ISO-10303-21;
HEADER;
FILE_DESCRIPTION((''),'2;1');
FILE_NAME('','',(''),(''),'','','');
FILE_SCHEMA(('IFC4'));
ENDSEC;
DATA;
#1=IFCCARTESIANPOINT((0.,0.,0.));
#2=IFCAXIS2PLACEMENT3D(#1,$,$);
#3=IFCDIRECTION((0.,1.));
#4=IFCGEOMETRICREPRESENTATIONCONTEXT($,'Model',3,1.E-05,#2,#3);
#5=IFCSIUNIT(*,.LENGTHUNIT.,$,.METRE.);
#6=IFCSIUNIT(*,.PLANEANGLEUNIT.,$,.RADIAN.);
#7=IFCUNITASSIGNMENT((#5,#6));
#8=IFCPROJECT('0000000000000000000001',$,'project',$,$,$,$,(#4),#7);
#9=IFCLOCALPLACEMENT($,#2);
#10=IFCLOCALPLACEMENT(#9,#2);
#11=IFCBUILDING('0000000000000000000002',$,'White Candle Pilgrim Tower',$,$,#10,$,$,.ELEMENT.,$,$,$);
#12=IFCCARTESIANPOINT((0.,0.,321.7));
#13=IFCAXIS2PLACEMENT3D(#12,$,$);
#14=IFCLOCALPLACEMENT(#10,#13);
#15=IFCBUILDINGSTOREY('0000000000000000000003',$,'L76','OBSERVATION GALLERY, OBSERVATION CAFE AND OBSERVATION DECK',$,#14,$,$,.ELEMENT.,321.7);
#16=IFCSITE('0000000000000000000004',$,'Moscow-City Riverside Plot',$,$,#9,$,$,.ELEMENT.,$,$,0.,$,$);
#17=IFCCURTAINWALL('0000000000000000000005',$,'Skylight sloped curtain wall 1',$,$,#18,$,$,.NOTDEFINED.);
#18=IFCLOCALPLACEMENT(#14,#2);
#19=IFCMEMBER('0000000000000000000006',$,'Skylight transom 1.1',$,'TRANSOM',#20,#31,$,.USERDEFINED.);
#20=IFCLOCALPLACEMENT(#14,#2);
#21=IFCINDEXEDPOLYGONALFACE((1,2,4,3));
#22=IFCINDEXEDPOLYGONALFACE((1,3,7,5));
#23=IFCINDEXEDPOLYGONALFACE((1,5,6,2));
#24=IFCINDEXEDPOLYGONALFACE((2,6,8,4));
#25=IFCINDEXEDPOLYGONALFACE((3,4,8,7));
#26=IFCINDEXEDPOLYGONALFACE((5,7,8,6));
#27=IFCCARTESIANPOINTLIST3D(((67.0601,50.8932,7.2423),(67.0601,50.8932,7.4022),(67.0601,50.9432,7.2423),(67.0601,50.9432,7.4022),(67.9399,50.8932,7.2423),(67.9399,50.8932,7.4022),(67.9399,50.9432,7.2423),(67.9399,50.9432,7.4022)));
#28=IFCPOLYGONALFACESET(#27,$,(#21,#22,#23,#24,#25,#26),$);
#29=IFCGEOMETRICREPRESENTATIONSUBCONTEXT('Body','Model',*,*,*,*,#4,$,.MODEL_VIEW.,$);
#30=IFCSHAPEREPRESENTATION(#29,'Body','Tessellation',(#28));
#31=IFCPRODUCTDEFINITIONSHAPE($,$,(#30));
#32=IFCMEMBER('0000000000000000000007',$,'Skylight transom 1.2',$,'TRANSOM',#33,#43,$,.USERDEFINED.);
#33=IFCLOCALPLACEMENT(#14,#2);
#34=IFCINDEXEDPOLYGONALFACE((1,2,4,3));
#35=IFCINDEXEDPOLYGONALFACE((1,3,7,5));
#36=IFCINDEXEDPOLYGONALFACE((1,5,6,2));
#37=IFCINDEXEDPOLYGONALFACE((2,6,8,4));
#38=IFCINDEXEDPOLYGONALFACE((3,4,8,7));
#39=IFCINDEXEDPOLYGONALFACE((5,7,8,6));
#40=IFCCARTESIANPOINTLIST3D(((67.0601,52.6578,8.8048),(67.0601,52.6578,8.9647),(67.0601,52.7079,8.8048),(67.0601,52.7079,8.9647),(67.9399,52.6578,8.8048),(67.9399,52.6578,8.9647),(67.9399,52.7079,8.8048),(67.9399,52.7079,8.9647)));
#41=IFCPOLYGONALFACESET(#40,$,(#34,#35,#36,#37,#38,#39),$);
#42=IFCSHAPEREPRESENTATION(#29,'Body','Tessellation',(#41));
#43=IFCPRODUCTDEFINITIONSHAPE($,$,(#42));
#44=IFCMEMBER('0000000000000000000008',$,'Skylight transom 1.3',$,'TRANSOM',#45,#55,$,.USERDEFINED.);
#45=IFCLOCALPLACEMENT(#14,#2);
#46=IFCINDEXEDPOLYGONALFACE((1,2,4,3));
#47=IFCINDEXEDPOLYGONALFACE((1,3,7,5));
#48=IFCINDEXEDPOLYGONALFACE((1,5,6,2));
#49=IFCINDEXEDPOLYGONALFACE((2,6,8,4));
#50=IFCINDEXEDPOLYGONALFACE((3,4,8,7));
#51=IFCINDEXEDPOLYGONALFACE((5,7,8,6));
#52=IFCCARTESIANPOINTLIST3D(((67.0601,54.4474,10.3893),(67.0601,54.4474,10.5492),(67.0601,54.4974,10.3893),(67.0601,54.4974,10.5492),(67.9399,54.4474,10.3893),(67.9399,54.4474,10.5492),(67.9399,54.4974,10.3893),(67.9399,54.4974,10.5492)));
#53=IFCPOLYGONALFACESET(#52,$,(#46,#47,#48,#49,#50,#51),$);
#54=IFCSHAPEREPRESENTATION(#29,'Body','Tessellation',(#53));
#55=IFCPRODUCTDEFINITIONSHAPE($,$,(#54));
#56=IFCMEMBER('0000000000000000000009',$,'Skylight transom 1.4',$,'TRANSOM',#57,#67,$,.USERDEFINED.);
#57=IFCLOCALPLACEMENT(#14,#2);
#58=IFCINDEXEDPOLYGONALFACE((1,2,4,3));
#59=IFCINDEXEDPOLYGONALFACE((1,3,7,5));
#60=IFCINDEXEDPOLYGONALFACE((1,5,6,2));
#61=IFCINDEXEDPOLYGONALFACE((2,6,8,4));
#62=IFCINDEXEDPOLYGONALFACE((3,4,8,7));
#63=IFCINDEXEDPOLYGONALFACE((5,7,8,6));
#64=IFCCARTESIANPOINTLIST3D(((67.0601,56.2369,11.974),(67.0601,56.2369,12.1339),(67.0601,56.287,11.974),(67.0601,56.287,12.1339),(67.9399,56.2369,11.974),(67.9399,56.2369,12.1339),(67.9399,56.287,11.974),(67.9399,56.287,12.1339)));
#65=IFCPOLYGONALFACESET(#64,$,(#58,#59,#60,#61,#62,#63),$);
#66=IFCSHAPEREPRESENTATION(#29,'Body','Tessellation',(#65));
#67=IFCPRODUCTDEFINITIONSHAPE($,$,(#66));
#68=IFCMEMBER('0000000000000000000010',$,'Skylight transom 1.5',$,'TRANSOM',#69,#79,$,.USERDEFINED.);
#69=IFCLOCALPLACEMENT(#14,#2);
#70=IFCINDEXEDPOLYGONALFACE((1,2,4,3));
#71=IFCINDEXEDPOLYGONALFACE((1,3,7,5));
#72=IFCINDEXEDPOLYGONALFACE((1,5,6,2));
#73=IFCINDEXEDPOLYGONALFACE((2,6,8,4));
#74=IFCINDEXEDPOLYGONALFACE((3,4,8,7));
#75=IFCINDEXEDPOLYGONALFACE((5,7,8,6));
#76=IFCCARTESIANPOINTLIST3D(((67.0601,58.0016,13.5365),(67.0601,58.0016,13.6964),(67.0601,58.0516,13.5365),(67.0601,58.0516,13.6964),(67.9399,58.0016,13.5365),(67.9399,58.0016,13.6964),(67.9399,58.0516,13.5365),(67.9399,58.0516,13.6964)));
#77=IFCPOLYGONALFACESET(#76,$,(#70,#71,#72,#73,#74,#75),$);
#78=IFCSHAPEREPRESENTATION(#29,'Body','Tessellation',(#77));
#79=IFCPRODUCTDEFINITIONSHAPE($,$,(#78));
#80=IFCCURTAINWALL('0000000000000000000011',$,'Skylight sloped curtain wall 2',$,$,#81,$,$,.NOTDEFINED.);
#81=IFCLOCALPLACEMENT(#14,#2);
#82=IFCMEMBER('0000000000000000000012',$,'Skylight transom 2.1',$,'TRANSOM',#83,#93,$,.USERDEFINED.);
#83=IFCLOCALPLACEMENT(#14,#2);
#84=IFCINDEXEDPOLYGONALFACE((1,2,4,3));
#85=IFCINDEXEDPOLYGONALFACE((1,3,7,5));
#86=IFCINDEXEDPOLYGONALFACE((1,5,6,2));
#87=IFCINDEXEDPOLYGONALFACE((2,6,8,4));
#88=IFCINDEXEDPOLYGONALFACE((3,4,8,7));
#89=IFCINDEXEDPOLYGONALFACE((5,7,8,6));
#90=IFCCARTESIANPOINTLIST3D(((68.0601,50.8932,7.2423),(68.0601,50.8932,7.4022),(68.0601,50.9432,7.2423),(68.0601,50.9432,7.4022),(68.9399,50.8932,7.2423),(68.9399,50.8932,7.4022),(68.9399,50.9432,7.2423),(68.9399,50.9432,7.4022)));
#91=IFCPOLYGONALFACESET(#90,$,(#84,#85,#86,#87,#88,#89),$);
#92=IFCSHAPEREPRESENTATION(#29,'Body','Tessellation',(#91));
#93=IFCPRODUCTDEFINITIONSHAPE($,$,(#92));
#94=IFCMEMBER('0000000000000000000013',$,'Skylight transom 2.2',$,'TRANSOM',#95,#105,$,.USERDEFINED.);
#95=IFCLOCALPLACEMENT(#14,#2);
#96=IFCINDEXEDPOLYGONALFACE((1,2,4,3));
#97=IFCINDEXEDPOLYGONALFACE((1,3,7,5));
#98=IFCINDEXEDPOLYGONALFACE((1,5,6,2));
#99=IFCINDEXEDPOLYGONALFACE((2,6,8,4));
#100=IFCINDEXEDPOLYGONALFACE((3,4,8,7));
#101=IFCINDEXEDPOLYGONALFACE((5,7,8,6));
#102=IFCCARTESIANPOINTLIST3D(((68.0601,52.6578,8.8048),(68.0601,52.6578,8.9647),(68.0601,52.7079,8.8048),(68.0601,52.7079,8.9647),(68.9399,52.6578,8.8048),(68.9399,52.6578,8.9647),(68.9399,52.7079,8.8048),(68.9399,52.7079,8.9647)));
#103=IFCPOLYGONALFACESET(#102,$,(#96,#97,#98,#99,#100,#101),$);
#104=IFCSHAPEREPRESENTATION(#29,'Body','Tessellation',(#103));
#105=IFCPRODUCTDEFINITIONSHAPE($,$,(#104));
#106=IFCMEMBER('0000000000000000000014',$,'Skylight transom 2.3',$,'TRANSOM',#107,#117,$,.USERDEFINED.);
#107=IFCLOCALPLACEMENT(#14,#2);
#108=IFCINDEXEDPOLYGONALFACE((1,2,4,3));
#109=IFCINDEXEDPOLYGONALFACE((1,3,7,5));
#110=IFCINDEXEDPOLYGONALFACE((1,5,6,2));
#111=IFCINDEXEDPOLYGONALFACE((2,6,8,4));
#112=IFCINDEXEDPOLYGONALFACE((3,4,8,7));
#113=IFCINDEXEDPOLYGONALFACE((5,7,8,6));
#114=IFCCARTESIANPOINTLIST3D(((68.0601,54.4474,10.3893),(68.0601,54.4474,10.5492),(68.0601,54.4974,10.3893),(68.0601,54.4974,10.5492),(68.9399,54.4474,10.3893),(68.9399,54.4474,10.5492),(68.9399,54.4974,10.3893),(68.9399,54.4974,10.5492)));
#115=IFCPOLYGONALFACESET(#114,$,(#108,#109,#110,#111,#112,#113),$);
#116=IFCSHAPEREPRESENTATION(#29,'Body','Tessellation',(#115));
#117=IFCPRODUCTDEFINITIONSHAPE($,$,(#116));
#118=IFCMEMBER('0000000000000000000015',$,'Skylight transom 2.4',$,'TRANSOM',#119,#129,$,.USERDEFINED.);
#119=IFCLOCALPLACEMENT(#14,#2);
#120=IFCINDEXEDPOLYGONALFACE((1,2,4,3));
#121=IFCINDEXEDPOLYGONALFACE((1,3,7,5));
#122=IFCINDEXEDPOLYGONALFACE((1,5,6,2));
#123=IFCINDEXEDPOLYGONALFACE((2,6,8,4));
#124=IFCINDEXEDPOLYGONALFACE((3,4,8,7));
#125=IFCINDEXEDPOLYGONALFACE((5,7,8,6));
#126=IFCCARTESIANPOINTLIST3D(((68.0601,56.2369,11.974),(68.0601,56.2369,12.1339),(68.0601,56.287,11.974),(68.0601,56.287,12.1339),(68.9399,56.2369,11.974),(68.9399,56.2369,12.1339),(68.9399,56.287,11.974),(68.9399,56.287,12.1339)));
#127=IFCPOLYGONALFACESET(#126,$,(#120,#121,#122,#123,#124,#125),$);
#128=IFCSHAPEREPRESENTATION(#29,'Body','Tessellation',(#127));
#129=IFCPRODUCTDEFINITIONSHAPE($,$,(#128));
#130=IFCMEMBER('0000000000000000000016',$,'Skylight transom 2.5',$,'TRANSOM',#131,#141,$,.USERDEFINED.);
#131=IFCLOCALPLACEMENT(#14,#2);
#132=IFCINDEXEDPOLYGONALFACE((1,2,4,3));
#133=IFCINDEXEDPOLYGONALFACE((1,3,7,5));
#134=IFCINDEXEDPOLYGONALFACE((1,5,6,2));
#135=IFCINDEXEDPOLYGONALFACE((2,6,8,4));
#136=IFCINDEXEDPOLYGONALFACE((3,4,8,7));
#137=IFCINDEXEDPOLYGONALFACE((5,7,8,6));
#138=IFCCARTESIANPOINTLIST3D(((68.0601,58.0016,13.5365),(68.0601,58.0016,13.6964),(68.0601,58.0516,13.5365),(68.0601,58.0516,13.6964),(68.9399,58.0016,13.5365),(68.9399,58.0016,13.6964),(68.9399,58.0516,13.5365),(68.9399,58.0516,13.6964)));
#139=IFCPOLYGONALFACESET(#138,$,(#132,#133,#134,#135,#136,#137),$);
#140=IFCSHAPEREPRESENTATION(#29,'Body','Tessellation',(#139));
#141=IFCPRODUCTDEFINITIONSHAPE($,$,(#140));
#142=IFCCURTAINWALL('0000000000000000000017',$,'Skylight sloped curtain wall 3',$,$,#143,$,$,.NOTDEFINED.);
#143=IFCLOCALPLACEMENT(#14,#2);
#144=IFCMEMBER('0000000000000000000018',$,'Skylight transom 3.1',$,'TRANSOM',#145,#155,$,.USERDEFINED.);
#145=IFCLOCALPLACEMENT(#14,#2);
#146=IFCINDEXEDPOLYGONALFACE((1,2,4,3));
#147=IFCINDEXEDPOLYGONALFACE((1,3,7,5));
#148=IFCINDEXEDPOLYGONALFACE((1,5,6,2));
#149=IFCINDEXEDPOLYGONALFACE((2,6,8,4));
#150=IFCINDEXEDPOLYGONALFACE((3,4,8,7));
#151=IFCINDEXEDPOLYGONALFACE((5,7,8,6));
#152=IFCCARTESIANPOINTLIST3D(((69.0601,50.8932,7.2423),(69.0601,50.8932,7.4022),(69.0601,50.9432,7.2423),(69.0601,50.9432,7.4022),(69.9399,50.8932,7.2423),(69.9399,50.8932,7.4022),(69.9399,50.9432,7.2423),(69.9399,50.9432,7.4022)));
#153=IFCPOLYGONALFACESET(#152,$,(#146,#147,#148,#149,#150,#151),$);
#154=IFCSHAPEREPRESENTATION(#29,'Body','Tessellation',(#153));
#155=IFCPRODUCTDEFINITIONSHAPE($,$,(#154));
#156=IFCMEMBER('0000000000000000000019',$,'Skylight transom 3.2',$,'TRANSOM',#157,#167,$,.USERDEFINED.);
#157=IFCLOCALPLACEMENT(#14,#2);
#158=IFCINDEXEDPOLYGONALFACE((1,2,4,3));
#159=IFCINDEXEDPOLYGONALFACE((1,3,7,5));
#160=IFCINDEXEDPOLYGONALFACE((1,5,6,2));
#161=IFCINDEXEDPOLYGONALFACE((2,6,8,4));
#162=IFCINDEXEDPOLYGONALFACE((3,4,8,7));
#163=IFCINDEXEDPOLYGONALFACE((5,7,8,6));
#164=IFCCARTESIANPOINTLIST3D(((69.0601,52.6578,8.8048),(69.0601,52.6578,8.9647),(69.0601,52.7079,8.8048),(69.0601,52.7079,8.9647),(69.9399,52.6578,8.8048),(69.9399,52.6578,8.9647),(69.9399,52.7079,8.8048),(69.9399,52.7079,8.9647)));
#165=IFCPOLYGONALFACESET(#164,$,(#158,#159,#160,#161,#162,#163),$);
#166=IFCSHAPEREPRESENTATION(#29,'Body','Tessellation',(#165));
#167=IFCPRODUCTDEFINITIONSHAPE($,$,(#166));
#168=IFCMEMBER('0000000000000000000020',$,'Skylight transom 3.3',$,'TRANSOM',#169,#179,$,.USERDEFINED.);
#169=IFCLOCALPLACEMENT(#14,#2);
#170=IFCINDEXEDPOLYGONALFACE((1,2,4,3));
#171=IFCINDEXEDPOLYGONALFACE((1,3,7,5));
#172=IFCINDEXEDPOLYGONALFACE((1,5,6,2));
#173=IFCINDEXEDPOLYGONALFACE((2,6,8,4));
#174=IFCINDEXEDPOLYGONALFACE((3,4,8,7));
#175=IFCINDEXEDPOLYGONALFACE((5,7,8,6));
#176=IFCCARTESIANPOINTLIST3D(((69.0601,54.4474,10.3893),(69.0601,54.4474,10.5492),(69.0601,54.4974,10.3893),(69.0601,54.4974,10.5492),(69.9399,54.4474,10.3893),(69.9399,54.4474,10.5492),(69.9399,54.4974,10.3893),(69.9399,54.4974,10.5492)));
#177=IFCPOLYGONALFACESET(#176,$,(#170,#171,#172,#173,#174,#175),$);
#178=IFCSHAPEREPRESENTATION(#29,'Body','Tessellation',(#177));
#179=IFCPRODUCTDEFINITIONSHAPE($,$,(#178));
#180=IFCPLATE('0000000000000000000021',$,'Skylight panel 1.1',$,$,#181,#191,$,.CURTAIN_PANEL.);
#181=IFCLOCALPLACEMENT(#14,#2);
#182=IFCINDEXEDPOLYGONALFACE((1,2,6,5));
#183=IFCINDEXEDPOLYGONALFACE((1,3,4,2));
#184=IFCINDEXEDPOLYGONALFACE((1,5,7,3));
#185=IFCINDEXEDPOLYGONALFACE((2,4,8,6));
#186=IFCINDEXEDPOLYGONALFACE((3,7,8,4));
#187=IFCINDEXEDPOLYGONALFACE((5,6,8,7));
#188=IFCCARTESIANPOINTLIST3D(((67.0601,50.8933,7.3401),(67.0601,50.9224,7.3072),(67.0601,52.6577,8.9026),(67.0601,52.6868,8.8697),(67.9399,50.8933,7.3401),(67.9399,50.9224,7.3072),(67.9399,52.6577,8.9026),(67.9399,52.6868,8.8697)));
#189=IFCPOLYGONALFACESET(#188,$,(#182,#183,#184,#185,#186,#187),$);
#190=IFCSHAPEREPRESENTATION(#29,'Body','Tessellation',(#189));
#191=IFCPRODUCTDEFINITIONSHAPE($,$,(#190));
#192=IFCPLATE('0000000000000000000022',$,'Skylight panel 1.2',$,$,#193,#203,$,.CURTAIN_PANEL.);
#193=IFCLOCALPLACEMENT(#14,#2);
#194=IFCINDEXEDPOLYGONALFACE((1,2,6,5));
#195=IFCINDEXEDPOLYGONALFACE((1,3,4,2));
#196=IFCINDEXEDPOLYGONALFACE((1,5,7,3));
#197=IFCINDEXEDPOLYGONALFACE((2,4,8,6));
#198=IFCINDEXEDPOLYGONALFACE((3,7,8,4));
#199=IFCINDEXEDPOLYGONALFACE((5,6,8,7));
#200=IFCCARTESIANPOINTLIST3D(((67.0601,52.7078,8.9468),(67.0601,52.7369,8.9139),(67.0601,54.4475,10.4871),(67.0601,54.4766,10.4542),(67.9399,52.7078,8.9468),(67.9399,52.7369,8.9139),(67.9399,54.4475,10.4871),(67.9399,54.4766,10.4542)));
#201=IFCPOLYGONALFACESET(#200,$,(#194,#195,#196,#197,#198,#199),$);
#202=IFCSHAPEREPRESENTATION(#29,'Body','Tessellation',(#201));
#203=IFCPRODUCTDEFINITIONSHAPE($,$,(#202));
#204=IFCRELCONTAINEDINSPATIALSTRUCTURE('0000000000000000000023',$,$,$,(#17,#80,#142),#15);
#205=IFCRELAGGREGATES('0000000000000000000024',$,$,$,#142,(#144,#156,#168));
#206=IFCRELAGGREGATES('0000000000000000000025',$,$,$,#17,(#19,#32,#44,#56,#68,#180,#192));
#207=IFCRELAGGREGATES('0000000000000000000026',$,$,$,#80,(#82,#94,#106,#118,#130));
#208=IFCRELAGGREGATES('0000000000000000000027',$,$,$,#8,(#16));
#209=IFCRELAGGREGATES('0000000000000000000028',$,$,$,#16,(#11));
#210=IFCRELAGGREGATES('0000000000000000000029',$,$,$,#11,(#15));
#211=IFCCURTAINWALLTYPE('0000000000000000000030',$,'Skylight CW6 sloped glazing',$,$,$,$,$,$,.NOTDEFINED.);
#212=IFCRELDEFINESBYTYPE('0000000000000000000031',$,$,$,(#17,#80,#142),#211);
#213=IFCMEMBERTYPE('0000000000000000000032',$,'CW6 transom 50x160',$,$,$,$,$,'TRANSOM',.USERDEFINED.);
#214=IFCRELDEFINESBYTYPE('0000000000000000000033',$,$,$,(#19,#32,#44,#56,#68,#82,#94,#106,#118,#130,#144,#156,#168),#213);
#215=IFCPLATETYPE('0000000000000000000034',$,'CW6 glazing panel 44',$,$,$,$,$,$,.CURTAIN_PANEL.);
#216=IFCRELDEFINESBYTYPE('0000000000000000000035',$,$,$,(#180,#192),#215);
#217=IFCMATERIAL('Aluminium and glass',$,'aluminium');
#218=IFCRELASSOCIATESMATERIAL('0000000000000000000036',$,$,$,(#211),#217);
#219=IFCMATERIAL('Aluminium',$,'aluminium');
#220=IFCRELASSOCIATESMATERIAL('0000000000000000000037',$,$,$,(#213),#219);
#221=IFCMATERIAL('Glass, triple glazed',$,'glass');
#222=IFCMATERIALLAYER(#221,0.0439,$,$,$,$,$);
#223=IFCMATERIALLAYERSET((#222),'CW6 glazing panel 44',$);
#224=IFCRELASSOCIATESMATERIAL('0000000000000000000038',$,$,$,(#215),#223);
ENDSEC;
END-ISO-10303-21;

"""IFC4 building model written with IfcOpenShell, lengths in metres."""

from ifc_helpers import new_model, si_unit, direction, frame, origin, origin_2d, place, context, subcontext, project, spatial, polyline, rectangle, outline, extrude, material, layer, layer_set, material_profile, profile_set, type_object, element, aggregate, save


model = new_model("IFC4")

# Units and contexts
model_context = context("Model", 3, precision=1e-05, world=origin(), true_north=direction((0.0, 1.0)))
body_context = subcontext(model_context, "Body", "Model", "MODEL_VIEW")
ifc_project = project(units=[si_unit("LENGTHUNIT", "METRE"), si_unit("PLANEANGLEUNIT", "RADIAN")], contexts=[model_context])

# Site, building, storey
site_placement = place(None, origin())
site = spatial("IfcSite", under=ifc_project, at=site_placement, Name="Moscow-City Riverside Plot", CompositionType="ELEMENT", RefElevation=0.0)
building_placement = place(site_placement, origin())
building = spatial("IfcBuilding", under=site, at=building_placement, Name="White Candle Pilgrim Tower", CompositionType="ELEMENT")
storey_placement = place(building_placement, frame((0.0, 0.0, 321.7)))
storey = spatial("IfcBuildingStorey", under=building, at=storey_placement, Name="L76", Description="OBSERVATION GALLERY, OBSERVATION CAFE AND OBSERVATION DECK", CompositionType="ELEMENT", Elevation=321.7)

# Curtain walls, members
ifc_material_1 = material(Name="Aluminium and glass", Category="aluminium")
curtain_wall_type = type_object("IfcCurtainWallType", Name="Skylight CW6 sloped glazing", PredefinedType="NOTDEFINED", material=ifc_material_1)
curtain_wall_1_placement = place(storey_placement, origin())
curtain_wall_1 = element("IfcCurtainWall", 1, at=curtain_wall_1_placement, inside=storey, type_object=curtain_wall_type, Name="Skylight sloped curtain wall 1", PredefinedType="NOTDEFINED")
ifc_material_2 = material(Name="Aluminium", Category="aluminium")
ifc_material_profile = material_profile(ifc_material_2, rectangle(XDim=0.05, YDim=0.1599, at=origin_2d()), Name="CW6 transom 50x160")
ifc_profile_set = profile_set([ifc_material_profile], Name="Aluminium")
member_type = type_object("IfcMemberType", Name="CW6 transom 50x160", ElementType="TRANSOM", PredefinedType="USERDEFINED", material=ifc_profile_set)
member_1_placement = place(storey_placement, frame((67.0601, 50.9182, 7.3223), z_axis=(1.0, 0.0, 0.0), x_axis=(0.0, 1.0, 0.0)))
member_1 = element("IfcMember", 2, at=member_1_placement, type_object=member_type, Name="Skylight transom 1.1", ObjectType="TRANSOM", PredefinedType="USERDEFINED", context=body_context, shape_type="SweptSolid", body=[
    extrude(rectangle(XDim=0.05, YDim=0.1599, at=origin_2d()), origin(), (0.0, 0.0, 1.0), 0.8799),
])
member_2_placement = place(storey_placement, frame((67.0601, 52.6829, 8.8848), z_axis=(1.0, 0.0, 0.0), x_axis=(0.0, 1.0, 0.0)))
member_2 = element("IfcMember", 3, at=member_2_placement, type_object=member_type, Name="Skylight transom 1.2", ObjectType="TRANSOM", PredefinedType="USERDEFINED", context=body_context, shape_type="SweptSolid", body=[
    extrude(rectangle(XDim=0.05, YDim=0.1599, at=origin_2d()), origin(), (0.0, 0.0, 1.0), 0.8799),
])
member_3_placement = place(storey_placement, frame((67.0601, 54.4724, 10.4692), z_axis=(1.0, 0.0, 0.0), x_axis=(0.0, 1.0, 0.0)))
member_3 = element("IfcMember", 4, at=member_3_placement, type_object=member_type, Name="Skylight transom 1.3", ObjectType="TRANSOM", PredefinedType="USERDEFINED", context=body_context, shape_type="SweptSolid", body=[
    extrude(rectangle(XDim=0.05, YDim=0.1599, at=origin_2d()), origin(), (0.0, 0.0, 1.0), 0.8799),
])
member_4_placement = place(storey_placement, frame((67.0601, 56.262, 12.054), z_axis=(1.0, 0.0, 0.0), x_axis=(0.0, 1.0, 0.0)))
member_4 = element("IfcMember", 5, at=member_4_placement, type_object=member_type, Name="Skylight transom 1.4", ObjectType="TRANSOM", PredefinedType="USERDEFINED", context=body_context, shape_type="SweptSolid", body=[
    extrude(rectangle(XDim=0.05, YDim=0.1599, at=origin_2d()), origin(), (0.0, 0.0, 1.0), 0.8799),
])
member_5_placement = place(storey_placement, frame((67.0601, 58.0266, 13.6165), z_axis=(1.0, 0.0, 0.0), x_axis=(0.0, 1.0, 0.0)))
member_5 = element("IfcMember", 6, at=member_5_placement, type_object=member_type, Name="Skylight transom 1.5", ObjectType="TRANSOM", PredefinedType="USERDEFINED", context=body_context, shape_type="SweptSolid", body=[
    extrude(rectangle(XDim=0.05, YDim=0.1599, at=origin_2d()), origin(), (0.0, 0.0, 1.0), 0.8799),
])
curtain_wall_2_placement = place(storey_placement, origin())
curtain_wall_2 = element("IfcCurtainWall", 7, at=curtain_wall_2_placement, inside=storey, type_object=curtain_wall_type, Name="Skylight sloped curtain wall 2", PredefinedType="NOTDEFINED")
member_6_placement = place(storey_placement, frame((68.0601, 50.9182, 7.3223), z_axis=(1.0, 0.0, 0.0), x_axis=(0.0, 1.0, 0.0)))
member_6 = element("IfcMember", 8, at=member_6_placement, type_object=member_type, Name="Skylight transom 2.1", ObjectType="TRANSOM", PredefinedType="USERDEFINED", context=body_context, shape_type="SweptSolid", body=[
    extrude(rectangle(XDim=0.05, YDim=0.1599, at=origin_2d()), origin(), (0.0, 0.0, 1.0), 0.8799),
])
member_7_placement = place(storey_placement, frame((68.0601, 52.6829, 8.8848), z_axis=(1.0, 0.0, 0.0), x_axis=(0.0, 1.0, 0.0)))
member_7 = element("IfcMember", 9, at=member_7_placement, type_object=member_type, Name="Skylight transom 2.2", ObjectType="TRANSOM", PredefinedType="USERDEFINED", context=body_context, shape_type="SweptSolid", body=[
    extrude(rectangle(XDim=0.05, YDim=0.1599, at=origin_2d()), origin(), (0.0, 0.0, 1.0), 0.8799),
])
member_8_placement = place(storey_placement, frame((68.0601, 54.4724, 10.4692), z_axis=(1.0, 0.0, 0.0), x_axis=(0.0, 1.0, 0.0)))
member_8 = element("IfcMember", 10, at=member_8_placement, type_object=member_type, Name="Skylight transom 2.3", ObjectType="TRANSOM", PredefinedType="USERDEFINED", context=body_context, shape_type="SweptSolid", body=[
    extrude(rectangle(XDim=0.05, YDim=0.1599, at=origin_2d()), origin(), (0.0, 0.0, 1.0), 0.8799),
])
member_9_placement = place(storey_placement, frame((68.0601, 56.262, 12.054), z_axis=(1.0, 0.0, 0.0), x_axis=(0.0, 1.0, 0.0)))
member_9 = element("IfcMember", 11, at=member_9_placement, type_object=member_type, Name="Skylight transom 2.4", ObjectType="TRANSOM", PredefinedType="USERDEFINED", context=body_context, shape_type="SweptSolid", body=[
    extrude(rectangle(XDim=0.05, YDim=0.1599, at=origin_2d()), origin(), (0.0, 0.0, 1.0), 0.8799),
])
member_10_placement = place(storey_placement, frame((68.0601, 58.0266, 13.6165), z_axis=(1.0, 0.0, 0.0), x_axis=(0.0, 1.0, 0.0)))
member_10 = element("IfcMember", 12, at=member_10_placement, type_object=member_type, Name="Skylight transom 2.5", ObjectType="TRANSOM", PredefinedType="USERDEFINED", context=body_context, shape_type="SweptSolid", body=[
    extrude(rectangle(XDim=0.05, YDim=0.1599, at=origin_2d()), origin(), (0.0, 0.0, 1.0), 0.8799),
])
curtain_wall_3_placement = place(storey_placement, origin())
curtain_wall_3 = element("IfcCurtainWall", 13, at=curtain_wall_3_placement, inside=storey, type_object=curtain_wall_type, Name="Skylight sloped curtain wall 3", PredefinedType="NOTDEFINED")
member_11_placement = place(storey_placement, frame((69.0601, 50.9182, 7.3223), z_axis=(1.0, 0.0, 0.0), x_axis=(0.0, 1.0, 0.0)))
member_11 = element("IfcMember", 14, at=member_11_placement, type_object=member_type, Name="Skylight transom 3.1", ObjectType="TRANSOM", PredefinedType="USERDEFINED", context=body_context, shape_type="SweptSolid", body=[
    extrude(rectangle(XDim=0.05, YDim=0.1599, at=origin_2d()), origin(), (0.0, 0.0, 1.0), 0.8799),
])
member_12_placement = place(storey_placement, frame((69.0601, 52.6829, 8.8848), z_axis=(1.0, 0.0, 0.0), x_axis=(0.0, 1.0, 0.0)))
member_12 = element("IfcMember", 15, at=member_12_placement, type_object=member_type, Name="Skylight transom 3.2", ObjectType="TRANSOM", PredefinedType="USERDEFINED", context=body_context, shape_type="SweptSolid", body=[
    extrude(rectangle(XDim=0.05, YDim=0.1599, at=origin_2d()), origin(), (0.0, 0.0, 1.0), 0.8799),
])
member_13_placement = place(storey_placement, frame((69.0601, 54.4724, 10.4692), z_axis=(1.0, 0.0, 0.0), x_axis=(0.0, 1.0, 0.0)))
member_13 = element("IfcMember", 16, at=member_13_placement, type_object=member_type, Name="Skylight transom 3.3", ObjectType="TRANSOM", PredefinedType="USERDEFINED", context=body_context, shape_type="SweptSolid", body=[
    extrude(rectangle(XDim=0.05, YDim=0.1599, at=origin_2d()), origin(), (0.0, 0.0, 1.0), 0.8799),
])
aggregate(curtain_wall_3, [member_11, member_12, member_13])

# Plates
ifc_material_3 = material(Name="Glass, triple glazed", Category="glass")
ifc_layer = layer(ifc_material_3, 0.0439)
ifc_layer_set = layer_set([ifc_layer], Name="CW6 glazing panel 44")
plate_type = type_object("IfcPlateType", Name="CW6 glazing panel 44", PredefinedType="CURTAIN_PANEL", material=ifc_layer_set)
plate_1_placement = place(storey_placement, frame((67.0601, 50.8933, 7.3401), z_axis=(0.0, -0.662974, 0.748643), x_axis=(1.0, 0.0, 0.0)))
plate_1 = element("IfcPlate", 17, at=plate_1_placement, type_object=plate_type, Name="Skylight panel 1.1", PredefinedType="CURTAIN_PANEL", context=body_context, shape_type="SweptSolid", body=[
    extrude(outline(polyline([(0.0, 0.0), (0.8799, 0.0), (0.8799, 2.3568), (0.0, 2.3568), (0.0, 0.0)])), origin(), (0.0, 0.0, -1.0), 0.0439),
])
plate_2_placement = place(storey_placement, frame((67.0601, 52.7078, 8.9468), z_axis=(0.0, -0.662882, 0.748724), x_axis=(1.0, 0.0, 0.0)))
plate_2 = element("IfcPlate", 18, at=plate_2_placement, type_object=plate_type, Name="Skylight panel 1.2", PredefinedType="CURTAIN_PANEL", context=body_context, shape_type="SweptSolid", body=[
    extrude(outline(polyline([(0.0, 0.0), (0.8799, 0.0), (0.8799, 2.3236), (0.0, 2.3236), (0.0, 0.0)])), origin(), (0.0, 0.0, -1.0), 0.0439),
])
aggregate(curtain_wall_1, [member_1, member_2, member_3, member_4, member_5, plate_1, plate_2])
aggregate(curtain_wall_2, [member_6, member_7, member_8, member_9, member_10])

save(model, "model.ifc")
